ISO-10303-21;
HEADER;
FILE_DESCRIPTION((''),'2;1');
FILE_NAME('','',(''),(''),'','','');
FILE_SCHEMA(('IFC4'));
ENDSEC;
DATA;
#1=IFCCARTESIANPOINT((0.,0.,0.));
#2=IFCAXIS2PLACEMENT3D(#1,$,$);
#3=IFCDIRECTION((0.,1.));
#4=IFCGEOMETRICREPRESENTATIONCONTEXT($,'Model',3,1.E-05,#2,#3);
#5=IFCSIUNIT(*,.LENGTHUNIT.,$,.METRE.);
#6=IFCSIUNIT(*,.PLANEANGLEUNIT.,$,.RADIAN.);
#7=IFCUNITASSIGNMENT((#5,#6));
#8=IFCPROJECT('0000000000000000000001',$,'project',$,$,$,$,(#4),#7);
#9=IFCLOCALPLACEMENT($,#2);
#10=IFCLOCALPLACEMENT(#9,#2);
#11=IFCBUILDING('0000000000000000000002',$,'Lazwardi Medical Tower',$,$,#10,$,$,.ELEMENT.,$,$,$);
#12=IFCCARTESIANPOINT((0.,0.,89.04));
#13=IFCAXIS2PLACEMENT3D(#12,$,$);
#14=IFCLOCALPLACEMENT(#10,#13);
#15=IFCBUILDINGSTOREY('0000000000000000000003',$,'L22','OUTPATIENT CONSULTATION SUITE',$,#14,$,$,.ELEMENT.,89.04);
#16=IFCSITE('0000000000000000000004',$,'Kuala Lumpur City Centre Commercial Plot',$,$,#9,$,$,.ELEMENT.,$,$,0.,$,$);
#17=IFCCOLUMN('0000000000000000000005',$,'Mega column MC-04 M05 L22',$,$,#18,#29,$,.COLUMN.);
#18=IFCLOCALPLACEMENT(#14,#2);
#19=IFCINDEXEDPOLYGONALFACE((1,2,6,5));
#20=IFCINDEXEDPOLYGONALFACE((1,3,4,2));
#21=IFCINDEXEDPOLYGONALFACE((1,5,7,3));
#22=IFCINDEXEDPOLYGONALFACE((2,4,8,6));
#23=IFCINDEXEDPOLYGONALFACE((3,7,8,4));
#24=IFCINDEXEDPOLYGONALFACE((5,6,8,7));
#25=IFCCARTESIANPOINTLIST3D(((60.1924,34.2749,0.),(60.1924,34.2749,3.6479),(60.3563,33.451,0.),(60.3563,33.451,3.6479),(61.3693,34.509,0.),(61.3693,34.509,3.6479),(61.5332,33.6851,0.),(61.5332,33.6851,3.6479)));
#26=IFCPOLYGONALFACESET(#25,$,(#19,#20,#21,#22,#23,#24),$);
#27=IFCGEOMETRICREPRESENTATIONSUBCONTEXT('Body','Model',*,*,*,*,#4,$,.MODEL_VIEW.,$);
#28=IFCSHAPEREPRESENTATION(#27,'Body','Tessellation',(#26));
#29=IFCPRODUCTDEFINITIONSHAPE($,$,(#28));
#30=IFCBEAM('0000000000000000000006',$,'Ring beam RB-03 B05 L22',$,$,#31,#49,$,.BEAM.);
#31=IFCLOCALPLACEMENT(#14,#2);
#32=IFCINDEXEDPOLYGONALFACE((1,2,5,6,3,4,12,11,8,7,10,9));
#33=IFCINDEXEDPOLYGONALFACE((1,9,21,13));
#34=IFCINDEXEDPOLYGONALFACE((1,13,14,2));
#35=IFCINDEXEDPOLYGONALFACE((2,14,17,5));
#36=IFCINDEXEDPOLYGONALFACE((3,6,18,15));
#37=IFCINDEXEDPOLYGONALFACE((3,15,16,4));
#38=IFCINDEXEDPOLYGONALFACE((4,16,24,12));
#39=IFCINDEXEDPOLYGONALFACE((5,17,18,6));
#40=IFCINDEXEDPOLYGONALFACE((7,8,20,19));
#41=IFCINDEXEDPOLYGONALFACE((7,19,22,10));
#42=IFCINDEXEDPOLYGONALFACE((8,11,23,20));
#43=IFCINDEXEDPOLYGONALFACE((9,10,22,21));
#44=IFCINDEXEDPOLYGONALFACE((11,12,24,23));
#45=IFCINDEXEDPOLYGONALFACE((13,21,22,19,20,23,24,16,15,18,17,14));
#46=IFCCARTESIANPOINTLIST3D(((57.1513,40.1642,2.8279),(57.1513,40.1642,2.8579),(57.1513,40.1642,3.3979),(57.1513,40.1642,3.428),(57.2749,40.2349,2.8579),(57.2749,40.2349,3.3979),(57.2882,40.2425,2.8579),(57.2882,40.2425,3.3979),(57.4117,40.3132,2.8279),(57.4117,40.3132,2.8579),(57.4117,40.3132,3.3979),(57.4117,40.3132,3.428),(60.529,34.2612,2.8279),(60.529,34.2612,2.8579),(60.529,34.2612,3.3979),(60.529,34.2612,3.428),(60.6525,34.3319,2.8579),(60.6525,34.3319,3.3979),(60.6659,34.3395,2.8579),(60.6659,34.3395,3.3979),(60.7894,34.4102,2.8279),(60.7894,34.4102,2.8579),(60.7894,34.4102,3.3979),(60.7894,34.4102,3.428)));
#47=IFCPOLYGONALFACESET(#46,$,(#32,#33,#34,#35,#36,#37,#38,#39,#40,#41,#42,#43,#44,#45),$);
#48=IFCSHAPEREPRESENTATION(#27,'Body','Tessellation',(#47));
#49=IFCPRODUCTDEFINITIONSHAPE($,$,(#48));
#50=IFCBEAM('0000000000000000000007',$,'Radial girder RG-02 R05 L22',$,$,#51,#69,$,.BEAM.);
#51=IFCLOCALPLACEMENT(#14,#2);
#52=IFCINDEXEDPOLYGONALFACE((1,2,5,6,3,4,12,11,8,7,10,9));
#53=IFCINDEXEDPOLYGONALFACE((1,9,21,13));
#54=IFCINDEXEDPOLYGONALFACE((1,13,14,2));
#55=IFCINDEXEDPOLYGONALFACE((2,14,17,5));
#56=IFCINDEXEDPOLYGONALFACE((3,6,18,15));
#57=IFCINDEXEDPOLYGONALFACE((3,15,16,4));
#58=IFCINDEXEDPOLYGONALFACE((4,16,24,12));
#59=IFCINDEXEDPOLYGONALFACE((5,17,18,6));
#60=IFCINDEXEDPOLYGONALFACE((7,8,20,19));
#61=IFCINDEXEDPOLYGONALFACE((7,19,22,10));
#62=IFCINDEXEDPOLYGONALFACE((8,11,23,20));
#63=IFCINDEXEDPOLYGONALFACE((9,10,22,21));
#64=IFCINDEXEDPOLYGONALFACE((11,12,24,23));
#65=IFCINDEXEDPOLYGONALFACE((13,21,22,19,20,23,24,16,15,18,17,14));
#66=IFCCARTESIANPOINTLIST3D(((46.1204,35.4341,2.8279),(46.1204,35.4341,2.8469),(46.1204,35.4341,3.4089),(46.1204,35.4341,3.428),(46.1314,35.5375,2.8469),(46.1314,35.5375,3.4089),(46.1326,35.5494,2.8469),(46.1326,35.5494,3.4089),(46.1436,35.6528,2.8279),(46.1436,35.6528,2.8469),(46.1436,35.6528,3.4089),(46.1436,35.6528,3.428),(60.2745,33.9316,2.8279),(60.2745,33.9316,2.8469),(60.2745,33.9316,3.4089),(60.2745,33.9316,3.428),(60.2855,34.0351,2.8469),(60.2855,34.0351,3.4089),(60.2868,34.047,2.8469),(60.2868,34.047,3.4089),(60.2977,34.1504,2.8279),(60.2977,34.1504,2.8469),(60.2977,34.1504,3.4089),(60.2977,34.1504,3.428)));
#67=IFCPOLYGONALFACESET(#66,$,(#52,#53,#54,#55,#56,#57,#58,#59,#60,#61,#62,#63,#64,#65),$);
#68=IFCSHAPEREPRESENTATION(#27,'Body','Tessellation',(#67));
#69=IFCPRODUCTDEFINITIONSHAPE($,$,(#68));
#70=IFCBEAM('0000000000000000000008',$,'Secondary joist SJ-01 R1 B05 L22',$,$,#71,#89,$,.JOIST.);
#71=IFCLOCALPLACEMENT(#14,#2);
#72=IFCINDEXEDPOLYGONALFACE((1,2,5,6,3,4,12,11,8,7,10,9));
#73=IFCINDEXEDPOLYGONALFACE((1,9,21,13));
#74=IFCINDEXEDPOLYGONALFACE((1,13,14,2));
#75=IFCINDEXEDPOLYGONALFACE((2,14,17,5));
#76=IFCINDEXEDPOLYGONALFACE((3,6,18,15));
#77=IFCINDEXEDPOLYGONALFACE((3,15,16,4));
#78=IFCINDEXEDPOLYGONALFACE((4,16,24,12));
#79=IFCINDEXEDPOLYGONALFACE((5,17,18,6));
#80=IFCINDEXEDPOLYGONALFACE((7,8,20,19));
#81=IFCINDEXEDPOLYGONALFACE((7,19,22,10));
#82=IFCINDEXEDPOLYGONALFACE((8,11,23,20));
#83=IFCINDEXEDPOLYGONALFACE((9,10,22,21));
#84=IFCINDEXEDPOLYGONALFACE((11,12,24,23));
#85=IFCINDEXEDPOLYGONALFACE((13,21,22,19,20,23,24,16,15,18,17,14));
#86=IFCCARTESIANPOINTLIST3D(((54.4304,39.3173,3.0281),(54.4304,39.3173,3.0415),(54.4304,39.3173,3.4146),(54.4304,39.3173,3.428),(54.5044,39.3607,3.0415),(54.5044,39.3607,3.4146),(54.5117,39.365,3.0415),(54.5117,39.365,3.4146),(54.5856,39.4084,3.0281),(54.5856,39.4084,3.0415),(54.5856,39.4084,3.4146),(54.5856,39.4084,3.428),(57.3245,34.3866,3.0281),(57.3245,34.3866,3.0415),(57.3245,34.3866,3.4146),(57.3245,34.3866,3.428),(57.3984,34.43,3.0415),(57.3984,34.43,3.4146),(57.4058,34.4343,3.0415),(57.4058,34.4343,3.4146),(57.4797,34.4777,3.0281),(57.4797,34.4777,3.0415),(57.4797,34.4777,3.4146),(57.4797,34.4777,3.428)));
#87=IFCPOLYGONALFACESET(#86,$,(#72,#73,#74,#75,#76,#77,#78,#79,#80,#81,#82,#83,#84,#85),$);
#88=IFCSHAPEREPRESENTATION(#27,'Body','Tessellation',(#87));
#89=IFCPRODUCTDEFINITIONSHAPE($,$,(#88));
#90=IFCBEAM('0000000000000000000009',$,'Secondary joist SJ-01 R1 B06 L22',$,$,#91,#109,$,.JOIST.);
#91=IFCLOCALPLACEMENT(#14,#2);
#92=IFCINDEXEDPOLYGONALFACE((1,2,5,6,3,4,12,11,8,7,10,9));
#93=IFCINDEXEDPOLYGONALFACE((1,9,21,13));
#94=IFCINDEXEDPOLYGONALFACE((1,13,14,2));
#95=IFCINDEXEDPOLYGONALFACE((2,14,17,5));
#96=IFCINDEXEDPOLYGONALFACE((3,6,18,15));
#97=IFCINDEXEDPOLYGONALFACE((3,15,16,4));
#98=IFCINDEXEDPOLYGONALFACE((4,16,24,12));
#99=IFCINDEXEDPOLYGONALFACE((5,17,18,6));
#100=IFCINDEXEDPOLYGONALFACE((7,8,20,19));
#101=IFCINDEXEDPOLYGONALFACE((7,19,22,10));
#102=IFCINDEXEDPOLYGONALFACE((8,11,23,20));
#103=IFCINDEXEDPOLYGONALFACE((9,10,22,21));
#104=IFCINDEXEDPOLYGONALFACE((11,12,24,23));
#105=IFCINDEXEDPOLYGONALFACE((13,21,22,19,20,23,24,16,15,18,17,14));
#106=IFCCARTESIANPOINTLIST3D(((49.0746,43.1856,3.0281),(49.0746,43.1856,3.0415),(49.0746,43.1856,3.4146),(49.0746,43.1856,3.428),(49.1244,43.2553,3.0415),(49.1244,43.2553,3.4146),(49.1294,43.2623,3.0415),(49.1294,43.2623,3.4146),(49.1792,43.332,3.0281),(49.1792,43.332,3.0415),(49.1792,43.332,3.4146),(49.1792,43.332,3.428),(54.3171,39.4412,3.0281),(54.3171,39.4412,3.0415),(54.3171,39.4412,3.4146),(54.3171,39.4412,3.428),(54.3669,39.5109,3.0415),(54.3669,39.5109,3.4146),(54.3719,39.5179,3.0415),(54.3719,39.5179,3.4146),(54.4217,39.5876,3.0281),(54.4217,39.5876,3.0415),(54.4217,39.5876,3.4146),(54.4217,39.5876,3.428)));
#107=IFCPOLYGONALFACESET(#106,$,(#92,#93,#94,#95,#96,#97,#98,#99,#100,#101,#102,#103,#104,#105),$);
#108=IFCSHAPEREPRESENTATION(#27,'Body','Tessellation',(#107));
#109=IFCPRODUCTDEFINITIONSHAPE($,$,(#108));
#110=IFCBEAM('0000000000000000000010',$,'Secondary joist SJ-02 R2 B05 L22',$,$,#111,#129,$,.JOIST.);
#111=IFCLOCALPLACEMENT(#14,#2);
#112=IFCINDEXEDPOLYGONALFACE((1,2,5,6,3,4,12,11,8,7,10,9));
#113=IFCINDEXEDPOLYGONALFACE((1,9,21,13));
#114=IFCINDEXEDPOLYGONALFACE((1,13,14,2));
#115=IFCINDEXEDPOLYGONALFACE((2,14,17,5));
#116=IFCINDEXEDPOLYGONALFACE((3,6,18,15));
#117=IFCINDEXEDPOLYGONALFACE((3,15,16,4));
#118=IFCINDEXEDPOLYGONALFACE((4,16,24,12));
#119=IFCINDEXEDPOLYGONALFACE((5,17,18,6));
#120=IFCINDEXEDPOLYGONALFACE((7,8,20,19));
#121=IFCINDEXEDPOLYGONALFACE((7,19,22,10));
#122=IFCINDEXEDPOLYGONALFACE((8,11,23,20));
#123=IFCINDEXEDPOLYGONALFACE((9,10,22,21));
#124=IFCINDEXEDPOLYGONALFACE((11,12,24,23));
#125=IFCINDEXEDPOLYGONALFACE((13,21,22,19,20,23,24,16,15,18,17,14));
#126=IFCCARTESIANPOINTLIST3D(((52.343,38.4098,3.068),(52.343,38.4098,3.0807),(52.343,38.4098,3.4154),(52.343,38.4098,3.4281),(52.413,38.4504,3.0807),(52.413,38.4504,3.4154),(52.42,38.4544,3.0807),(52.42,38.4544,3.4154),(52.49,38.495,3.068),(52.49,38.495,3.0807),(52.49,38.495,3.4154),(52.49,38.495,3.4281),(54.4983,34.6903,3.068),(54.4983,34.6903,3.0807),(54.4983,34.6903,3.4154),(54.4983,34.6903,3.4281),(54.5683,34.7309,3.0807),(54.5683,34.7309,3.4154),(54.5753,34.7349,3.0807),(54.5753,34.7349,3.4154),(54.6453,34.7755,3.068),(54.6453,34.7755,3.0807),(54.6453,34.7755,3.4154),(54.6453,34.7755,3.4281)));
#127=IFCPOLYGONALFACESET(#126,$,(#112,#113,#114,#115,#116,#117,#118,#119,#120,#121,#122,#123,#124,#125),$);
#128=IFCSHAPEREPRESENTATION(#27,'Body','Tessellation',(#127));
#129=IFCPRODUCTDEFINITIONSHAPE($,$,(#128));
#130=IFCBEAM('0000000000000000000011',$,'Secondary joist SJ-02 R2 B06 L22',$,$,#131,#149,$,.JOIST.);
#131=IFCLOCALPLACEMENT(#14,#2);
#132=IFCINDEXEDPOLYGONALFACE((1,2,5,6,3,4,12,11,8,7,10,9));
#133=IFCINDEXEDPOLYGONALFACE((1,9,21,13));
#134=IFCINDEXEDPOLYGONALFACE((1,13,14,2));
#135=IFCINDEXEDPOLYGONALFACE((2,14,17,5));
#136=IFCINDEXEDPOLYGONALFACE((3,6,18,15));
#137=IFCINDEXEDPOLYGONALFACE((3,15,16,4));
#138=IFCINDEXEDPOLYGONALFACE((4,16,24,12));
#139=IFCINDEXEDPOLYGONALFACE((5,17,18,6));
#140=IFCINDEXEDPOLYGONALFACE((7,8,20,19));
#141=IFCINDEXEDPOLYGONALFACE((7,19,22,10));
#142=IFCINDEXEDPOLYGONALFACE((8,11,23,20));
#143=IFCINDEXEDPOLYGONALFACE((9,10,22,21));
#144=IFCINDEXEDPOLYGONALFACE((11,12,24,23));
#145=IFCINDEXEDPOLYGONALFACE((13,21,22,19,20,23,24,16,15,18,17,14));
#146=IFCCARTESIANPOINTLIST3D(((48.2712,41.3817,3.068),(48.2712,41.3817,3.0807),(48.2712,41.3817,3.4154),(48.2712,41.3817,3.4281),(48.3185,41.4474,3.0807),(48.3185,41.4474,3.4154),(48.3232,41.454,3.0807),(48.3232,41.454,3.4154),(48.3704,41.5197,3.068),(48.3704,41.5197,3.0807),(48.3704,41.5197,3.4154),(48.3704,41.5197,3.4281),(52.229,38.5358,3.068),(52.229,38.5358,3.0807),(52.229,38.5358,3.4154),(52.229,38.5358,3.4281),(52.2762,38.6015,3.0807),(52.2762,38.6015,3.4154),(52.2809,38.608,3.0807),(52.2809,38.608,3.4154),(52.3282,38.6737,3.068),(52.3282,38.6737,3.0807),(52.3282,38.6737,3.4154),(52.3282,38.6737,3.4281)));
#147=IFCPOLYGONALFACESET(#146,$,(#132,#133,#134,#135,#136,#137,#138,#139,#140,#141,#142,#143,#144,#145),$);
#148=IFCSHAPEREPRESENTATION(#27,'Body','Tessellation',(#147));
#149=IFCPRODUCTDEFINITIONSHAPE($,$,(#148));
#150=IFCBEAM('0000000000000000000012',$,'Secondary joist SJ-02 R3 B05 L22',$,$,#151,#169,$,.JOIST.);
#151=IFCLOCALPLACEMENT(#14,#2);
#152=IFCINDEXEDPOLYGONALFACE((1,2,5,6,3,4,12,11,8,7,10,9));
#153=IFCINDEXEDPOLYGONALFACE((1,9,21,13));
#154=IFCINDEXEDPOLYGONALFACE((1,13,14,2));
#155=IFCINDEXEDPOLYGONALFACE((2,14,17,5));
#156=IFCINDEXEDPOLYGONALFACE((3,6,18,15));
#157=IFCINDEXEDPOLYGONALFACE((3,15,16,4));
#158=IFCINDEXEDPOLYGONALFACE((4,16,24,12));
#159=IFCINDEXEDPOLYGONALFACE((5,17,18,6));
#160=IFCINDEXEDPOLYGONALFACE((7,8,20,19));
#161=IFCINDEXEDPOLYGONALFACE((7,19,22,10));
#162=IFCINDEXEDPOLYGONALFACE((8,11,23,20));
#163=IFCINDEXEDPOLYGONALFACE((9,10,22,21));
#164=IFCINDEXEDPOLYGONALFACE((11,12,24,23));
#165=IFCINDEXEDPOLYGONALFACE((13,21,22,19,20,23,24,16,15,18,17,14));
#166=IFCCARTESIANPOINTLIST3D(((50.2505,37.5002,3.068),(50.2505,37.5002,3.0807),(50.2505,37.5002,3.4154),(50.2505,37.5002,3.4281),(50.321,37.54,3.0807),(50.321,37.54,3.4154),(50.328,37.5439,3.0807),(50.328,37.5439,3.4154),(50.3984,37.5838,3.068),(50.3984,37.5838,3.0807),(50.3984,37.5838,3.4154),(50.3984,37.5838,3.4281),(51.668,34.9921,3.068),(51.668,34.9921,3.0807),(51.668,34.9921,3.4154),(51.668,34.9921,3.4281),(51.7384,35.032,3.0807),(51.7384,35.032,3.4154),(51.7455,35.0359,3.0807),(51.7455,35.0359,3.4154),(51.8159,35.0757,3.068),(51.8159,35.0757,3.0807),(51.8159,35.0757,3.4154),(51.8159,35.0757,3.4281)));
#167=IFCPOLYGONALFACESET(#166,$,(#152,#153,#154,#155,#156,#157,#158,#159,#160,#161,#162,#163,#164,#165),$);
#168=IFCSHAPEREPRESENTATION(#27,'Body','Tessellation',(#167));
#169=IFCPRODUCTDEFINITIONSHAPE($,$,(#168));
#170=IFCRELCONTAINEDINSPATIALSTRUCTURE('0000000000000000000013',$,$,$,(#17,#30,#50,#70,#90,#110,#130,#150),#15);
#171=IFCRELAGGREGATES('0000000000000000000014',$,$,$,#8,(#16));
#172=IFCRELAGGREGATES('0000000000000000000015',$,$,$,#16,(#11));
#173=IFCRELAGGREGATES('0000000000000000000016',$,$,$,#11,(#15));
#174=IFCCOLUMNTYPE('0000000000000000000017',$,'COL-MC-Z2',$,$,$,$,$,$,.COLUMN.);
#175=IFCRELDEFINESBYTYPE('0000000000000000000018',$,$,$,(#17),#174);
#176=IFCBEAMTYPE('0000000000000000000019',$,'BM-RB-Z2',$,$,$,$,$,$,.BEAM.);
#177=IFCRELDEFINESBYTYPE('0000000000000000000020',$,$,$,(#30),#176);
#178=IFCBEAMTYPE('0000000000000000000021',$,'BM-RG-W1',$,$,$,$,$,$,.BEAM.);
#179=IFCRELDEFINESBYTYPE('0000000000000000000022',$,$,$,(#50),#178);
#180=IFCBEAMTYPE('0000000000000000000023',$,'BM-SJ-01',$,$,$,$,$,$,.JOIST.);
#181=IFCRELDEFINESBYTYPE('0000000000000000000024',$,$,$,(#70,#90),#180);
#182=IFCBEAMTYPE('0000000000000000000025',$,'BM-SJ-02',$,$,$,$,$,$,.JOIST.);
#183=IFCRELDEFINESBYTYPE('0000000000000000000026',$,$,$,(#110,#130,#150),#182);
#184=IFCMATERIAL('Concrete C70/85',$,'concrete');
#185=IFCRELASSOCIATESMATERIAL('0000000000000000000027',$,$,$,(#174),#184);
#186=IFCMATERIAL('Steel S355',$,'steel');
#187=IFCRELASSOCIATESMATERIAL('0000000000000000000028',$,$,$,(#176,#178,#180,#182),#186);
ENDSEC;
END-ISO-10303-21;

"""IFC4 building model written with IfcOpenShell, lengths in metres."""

from ifc_helpers import new_model, si_unit, direction, frame, origin, origin_2d, place, context, subcontext, project, spatial, rectangle, i_section, extrude, material, material_profile, profile_set, type_object, element, save


model = new_model("IFC4")

# Units and contexts
model_context = context("Model", 3, precision=1e-05, world=origin(), true_north=direction((0.0, 1.0)))
body_context = subcontext(model_context, "Body", "Model", "MODEL_VIEW")
ifc_project = project(units=[si_unit("LENGTHUNIT", "METRE"), si_unit("PLANEANGLEUNIT", "RADIAN")], contexts=[model_context])

# Site, building, storey
site_placement = place(None, origin())
site = spatial("IfcSite", under=ifc_project, at=site_placement, Name="Kuala Lumpur City Centre Commercial Plot", CompositionType="ELEMENT", RefElevation=0.0)
building_placement = place(site_placement, origin())
building = spatial("IfcBuilding", under=site, at=building_placement, Name="Lazwardi Medical Tower", CompositionType="ELEMENT")
storey_placement = place(building_placement, frame((0.0, 0.0, 89.04)))
storey = spatial("IfcBuildingStorey", under=building, at=storey_placement, Name="L22", Description="OUTPATIENT CONSULTATION SUITE", CompositionType="ELEMENT", Elevation=89.04)

# Column
ifc_material_1 = material(Name="Concrete C70/85", Category="concrete")
ifc_material_profile_1 = material_profile(ifc_material_1, rectangle(XDim=1.2, YDim=0.8401, at=origin_2d()), Name="CFT-RECT 1200x840")
ifc_profile_set_1 = profile_set([ifc_material_profile_1], Name="Concrete C70/85")
column_type = type_object("IfcColumnType", Name="COL-MC-Z2", PredefinedType="COLUMN", material=ifc_profile_set_1)
column_placement = place(storey_placement, frame((60.8628, 33.98, 0.0), z_axis=(0.0, 0.0, 1.0), x_axis=(0.980785, 0.19509, 0.0)))
element("IfcColumn", 1, at=column_placement, inside=storey, type_object=column_type, Name="Mega column MC-04 M05 L22", PredefinedType="COLUMN", context=body_context, shape_type="SweptSolid", body=[
    extrude(rectangle(XDim=1.2, YDim=0.8401, at=origin_2d()), origin(), (0.0, 0.0, 1.0), 3.6479),
])

# Beams
ifc_material_2 = material(Name="Steel S355", Category="steel")
ifc_material_profile_2 = material_profile(ifc_material_2, i_section(OverallWidth=0.3, OverallDepth=0.6001, WebThickness=0.0154, FlangeThickness=0.03, at=origin_2d()), Name="HEB 600")
ifc_profile_set_2 = profile_set([ifc_material_profile_2], Name="Steel S355")
beam_type_1 = type_object("IfcBeamType", Name="BM-RB-Z2", PredefinedType="BEAM", material=ifc_profile_set_2)
beam_1_placement = place(storey_placement, frame((60.6592, 34.3357, 3.1279), z_axis=(-0.496638, 0.867958, 0.0), x_axis=(-0.867958, -0.496638, 0.0)))
element("IfcBeam", 2, at=beam_1_placement, inside=storey, type_object=beam_type_1, Name="Ring beam RB-03 B05 L22", PredefinedType="BEAM", context=body_context, shape_type="SweptSolid", body=[
    extrude(i_section(OverallWidth=0.3, OverallDepth=0.6001, WebThickness=0.0154, FlangeThickness=0.03, at=origin_2d()), origin(), (0.0, 0.0, 1.0), 6.801),
])
ifc_material_profile_3 = material_profile(ifc_material_2, i_section(OverallWidth=0.22, OverallDepth=0.6001, WebThickness=0.012, FlangeThickness=0.019, at=origin_2d()), Name="IPE 600")
ifc_profile_set_3 = profile_set([ifc_material_profile_3], Name="Steel S355")
beam_type_2 = type_object("IfcBeamType", Name="BM-RG-W1", PredefinedType="BEAM", material=ifc_profile_set_3)
beam_2_placement = place(storey_placement, frame((60.2861, 34.041, 3.1279), z_axis=(-0.994413, 0.105556, 0.0), x_axis=(-0.105556, -0.994413, 0.0)))
element("IfcBeam", 3, at=beam_2_placement, inside=storey, type_object=beam_type_2, Name="Radial girder RG-02 R05 L22", PredefinedType="BEAM", context=body_context, shape_type="SweptSolid", body=[
    extrude(i_section(OverallWidth=0.22, OverallDepth=0.6001, WebThickness=0.012, FlangeThickness=0.019, at=origin_2d()), origin(), (0.0, 0.0, 1.0), 14.2336),
])
ifc_material_profile_4 = material_profile(ifc_material_2, i_section(OverallWidth=0.1799, OverallDepth=0.3999, WebThickness=0.0085, FlangeThickness=0.0134, at=origin_2d()), Name="IPE 400")
ifc_profile_set_4 = profile_set([ifc_material_profile_4], Name="Steel S355")
beam_type_3 = type_object("IfcBeamType", Name="BM-SJ-01", PredefinedType="JOIST", material=ifc_profile_set_4)
beam_3_placement = place(storey_placement, frame((57.4021, 34.4321, 3.228), z_axis=(-0.506195, 0.862419, 0.0), x_axis=(-0.862419, -0.506195, 0.0)))
element("IfcBeam", 4, at=beam_3_placement, inside=storey, type_object=beam_type_3, Name="Secondary joist SJ-01 R1 B05 L22", PredefinedType="JOIST", context=body_context, shape_type="SweptSolid", body=[
    extrude(i_section(OverallWidth=0.1799, OverallDepth=0.3999, WebThickness=0.0085, FlangeThickness=0.0134, at=origin_2d()), origin(), (0.0, 0.0, 1.0), 5.7173),
])
beam_4_placement = place(storey_placement, frame((54.3694, 39.5144, 3.228), z_axis=(-0.813749, 0.581217, 0.0), x_axis=(-0.581217, -0.813749, 0.0)))
element("IfcBeam", 5, at=beam_4_placement, inside=storey, type_object=beam_type_3, Name="Secondary joist SJ-01 R1 B06 L22", PredefinedType="JOIST", context=body_context, shape_type="SweptSolid", body=[
    extrude(i_section(OverallWidth=0.1799, OverallDepth=0.3999, WebThickness=0.0085, FlangeThickness=0.0134, at=origin_2d()), origin(), (0.0, 0.0, 1.0), 6.4424),
])
ifc_material_profile_5 = material_profile(ifc_material_2, i_section(OverallWidth=0.1699, OverallDepth=0.3601, WebThickness=0.0081, FlangeThickness=0.0127, at=origin_2d()), Name="IPE 360")
ifc_profile_set_5 = profile_set([ifc_material_profile_5], Name="Steel S355")
beam_type_4 = type_object("IfcBeamType", Name="BM-SJ-02", PredefinedType="JOIST", material=ifc_profile_set_5)
beam_5_placement = place(storey_placement, frame((54.5718, 34.7329, 3.248), z_axis=(-0.501365, 0.865236, 0.0), x_axis=(-0.865236, -0.501365, 0.0)))
element("IfcBeam", 6, at=beam_5_placement, inside=storey, type_object=beam_type_4, Name="Secondary joist SJ-02 R2 B05 L22", PredefinedType="JOIST", context=body_context, shape_type="SweptSolid", body=[
    extrude(i_section(OverallWidth=0.1699, OverallDepth=0.3601, WebThickness=0.0081, FlangeThickness=0.0127, at=origin_2d()), origin(), (0.0, 0.0, 1.0), 4.2988),
])
beam_6_placement = place(storey_placement, frame((52.2786, 38.6047, 3.248), z_axis=(-0.811889, 0.583813, 0.0), x_axis=(-0.583813, -0.811889, 0.0)))
element("IfcBeam", 7, at=beam_6_placement, inside=storey, type_object=beam_type_4, Name="Secondary joist SJ-02 R2 B06 L22", PredefinedType="JOIST", context=body_context, shape_type="SweptSolid", body=[
    extrude(i_section(OverallWidth=0.1699, OverallDepth=0.3601, WebThickness=0.0081, FlangeThickness=0.0127, at=origin_2d()), origin(), (0.0, 0.0, 1.0), 4.8748),
])
beam_7_placement = place(storey_placement, frame((51.7419, 35.0339, 3.248), z_axis=(-0.492027, 0.87058, 0.0), x_axis=(-0.87058, -0.492027, 0.0)))
element("IfcBeam", 8, at=beam_7_placement, inside=storey, type_object=beam_type_4, Name="Secondary joist SJ-02 R3 B05 L22", PredefinedType="JOIST", context=body_context, shape_type="SweptSolid", body=[
    extrude(i_section(OverallWidth=0.1699, OverallDepth=0.3601, WebThickness=0.0081, FlangeThickness=0.0127, at=origin_2d()), origin(), (0.0, 0.0, 1.0), 2.8809),
])

save(model, "model.ifc")
